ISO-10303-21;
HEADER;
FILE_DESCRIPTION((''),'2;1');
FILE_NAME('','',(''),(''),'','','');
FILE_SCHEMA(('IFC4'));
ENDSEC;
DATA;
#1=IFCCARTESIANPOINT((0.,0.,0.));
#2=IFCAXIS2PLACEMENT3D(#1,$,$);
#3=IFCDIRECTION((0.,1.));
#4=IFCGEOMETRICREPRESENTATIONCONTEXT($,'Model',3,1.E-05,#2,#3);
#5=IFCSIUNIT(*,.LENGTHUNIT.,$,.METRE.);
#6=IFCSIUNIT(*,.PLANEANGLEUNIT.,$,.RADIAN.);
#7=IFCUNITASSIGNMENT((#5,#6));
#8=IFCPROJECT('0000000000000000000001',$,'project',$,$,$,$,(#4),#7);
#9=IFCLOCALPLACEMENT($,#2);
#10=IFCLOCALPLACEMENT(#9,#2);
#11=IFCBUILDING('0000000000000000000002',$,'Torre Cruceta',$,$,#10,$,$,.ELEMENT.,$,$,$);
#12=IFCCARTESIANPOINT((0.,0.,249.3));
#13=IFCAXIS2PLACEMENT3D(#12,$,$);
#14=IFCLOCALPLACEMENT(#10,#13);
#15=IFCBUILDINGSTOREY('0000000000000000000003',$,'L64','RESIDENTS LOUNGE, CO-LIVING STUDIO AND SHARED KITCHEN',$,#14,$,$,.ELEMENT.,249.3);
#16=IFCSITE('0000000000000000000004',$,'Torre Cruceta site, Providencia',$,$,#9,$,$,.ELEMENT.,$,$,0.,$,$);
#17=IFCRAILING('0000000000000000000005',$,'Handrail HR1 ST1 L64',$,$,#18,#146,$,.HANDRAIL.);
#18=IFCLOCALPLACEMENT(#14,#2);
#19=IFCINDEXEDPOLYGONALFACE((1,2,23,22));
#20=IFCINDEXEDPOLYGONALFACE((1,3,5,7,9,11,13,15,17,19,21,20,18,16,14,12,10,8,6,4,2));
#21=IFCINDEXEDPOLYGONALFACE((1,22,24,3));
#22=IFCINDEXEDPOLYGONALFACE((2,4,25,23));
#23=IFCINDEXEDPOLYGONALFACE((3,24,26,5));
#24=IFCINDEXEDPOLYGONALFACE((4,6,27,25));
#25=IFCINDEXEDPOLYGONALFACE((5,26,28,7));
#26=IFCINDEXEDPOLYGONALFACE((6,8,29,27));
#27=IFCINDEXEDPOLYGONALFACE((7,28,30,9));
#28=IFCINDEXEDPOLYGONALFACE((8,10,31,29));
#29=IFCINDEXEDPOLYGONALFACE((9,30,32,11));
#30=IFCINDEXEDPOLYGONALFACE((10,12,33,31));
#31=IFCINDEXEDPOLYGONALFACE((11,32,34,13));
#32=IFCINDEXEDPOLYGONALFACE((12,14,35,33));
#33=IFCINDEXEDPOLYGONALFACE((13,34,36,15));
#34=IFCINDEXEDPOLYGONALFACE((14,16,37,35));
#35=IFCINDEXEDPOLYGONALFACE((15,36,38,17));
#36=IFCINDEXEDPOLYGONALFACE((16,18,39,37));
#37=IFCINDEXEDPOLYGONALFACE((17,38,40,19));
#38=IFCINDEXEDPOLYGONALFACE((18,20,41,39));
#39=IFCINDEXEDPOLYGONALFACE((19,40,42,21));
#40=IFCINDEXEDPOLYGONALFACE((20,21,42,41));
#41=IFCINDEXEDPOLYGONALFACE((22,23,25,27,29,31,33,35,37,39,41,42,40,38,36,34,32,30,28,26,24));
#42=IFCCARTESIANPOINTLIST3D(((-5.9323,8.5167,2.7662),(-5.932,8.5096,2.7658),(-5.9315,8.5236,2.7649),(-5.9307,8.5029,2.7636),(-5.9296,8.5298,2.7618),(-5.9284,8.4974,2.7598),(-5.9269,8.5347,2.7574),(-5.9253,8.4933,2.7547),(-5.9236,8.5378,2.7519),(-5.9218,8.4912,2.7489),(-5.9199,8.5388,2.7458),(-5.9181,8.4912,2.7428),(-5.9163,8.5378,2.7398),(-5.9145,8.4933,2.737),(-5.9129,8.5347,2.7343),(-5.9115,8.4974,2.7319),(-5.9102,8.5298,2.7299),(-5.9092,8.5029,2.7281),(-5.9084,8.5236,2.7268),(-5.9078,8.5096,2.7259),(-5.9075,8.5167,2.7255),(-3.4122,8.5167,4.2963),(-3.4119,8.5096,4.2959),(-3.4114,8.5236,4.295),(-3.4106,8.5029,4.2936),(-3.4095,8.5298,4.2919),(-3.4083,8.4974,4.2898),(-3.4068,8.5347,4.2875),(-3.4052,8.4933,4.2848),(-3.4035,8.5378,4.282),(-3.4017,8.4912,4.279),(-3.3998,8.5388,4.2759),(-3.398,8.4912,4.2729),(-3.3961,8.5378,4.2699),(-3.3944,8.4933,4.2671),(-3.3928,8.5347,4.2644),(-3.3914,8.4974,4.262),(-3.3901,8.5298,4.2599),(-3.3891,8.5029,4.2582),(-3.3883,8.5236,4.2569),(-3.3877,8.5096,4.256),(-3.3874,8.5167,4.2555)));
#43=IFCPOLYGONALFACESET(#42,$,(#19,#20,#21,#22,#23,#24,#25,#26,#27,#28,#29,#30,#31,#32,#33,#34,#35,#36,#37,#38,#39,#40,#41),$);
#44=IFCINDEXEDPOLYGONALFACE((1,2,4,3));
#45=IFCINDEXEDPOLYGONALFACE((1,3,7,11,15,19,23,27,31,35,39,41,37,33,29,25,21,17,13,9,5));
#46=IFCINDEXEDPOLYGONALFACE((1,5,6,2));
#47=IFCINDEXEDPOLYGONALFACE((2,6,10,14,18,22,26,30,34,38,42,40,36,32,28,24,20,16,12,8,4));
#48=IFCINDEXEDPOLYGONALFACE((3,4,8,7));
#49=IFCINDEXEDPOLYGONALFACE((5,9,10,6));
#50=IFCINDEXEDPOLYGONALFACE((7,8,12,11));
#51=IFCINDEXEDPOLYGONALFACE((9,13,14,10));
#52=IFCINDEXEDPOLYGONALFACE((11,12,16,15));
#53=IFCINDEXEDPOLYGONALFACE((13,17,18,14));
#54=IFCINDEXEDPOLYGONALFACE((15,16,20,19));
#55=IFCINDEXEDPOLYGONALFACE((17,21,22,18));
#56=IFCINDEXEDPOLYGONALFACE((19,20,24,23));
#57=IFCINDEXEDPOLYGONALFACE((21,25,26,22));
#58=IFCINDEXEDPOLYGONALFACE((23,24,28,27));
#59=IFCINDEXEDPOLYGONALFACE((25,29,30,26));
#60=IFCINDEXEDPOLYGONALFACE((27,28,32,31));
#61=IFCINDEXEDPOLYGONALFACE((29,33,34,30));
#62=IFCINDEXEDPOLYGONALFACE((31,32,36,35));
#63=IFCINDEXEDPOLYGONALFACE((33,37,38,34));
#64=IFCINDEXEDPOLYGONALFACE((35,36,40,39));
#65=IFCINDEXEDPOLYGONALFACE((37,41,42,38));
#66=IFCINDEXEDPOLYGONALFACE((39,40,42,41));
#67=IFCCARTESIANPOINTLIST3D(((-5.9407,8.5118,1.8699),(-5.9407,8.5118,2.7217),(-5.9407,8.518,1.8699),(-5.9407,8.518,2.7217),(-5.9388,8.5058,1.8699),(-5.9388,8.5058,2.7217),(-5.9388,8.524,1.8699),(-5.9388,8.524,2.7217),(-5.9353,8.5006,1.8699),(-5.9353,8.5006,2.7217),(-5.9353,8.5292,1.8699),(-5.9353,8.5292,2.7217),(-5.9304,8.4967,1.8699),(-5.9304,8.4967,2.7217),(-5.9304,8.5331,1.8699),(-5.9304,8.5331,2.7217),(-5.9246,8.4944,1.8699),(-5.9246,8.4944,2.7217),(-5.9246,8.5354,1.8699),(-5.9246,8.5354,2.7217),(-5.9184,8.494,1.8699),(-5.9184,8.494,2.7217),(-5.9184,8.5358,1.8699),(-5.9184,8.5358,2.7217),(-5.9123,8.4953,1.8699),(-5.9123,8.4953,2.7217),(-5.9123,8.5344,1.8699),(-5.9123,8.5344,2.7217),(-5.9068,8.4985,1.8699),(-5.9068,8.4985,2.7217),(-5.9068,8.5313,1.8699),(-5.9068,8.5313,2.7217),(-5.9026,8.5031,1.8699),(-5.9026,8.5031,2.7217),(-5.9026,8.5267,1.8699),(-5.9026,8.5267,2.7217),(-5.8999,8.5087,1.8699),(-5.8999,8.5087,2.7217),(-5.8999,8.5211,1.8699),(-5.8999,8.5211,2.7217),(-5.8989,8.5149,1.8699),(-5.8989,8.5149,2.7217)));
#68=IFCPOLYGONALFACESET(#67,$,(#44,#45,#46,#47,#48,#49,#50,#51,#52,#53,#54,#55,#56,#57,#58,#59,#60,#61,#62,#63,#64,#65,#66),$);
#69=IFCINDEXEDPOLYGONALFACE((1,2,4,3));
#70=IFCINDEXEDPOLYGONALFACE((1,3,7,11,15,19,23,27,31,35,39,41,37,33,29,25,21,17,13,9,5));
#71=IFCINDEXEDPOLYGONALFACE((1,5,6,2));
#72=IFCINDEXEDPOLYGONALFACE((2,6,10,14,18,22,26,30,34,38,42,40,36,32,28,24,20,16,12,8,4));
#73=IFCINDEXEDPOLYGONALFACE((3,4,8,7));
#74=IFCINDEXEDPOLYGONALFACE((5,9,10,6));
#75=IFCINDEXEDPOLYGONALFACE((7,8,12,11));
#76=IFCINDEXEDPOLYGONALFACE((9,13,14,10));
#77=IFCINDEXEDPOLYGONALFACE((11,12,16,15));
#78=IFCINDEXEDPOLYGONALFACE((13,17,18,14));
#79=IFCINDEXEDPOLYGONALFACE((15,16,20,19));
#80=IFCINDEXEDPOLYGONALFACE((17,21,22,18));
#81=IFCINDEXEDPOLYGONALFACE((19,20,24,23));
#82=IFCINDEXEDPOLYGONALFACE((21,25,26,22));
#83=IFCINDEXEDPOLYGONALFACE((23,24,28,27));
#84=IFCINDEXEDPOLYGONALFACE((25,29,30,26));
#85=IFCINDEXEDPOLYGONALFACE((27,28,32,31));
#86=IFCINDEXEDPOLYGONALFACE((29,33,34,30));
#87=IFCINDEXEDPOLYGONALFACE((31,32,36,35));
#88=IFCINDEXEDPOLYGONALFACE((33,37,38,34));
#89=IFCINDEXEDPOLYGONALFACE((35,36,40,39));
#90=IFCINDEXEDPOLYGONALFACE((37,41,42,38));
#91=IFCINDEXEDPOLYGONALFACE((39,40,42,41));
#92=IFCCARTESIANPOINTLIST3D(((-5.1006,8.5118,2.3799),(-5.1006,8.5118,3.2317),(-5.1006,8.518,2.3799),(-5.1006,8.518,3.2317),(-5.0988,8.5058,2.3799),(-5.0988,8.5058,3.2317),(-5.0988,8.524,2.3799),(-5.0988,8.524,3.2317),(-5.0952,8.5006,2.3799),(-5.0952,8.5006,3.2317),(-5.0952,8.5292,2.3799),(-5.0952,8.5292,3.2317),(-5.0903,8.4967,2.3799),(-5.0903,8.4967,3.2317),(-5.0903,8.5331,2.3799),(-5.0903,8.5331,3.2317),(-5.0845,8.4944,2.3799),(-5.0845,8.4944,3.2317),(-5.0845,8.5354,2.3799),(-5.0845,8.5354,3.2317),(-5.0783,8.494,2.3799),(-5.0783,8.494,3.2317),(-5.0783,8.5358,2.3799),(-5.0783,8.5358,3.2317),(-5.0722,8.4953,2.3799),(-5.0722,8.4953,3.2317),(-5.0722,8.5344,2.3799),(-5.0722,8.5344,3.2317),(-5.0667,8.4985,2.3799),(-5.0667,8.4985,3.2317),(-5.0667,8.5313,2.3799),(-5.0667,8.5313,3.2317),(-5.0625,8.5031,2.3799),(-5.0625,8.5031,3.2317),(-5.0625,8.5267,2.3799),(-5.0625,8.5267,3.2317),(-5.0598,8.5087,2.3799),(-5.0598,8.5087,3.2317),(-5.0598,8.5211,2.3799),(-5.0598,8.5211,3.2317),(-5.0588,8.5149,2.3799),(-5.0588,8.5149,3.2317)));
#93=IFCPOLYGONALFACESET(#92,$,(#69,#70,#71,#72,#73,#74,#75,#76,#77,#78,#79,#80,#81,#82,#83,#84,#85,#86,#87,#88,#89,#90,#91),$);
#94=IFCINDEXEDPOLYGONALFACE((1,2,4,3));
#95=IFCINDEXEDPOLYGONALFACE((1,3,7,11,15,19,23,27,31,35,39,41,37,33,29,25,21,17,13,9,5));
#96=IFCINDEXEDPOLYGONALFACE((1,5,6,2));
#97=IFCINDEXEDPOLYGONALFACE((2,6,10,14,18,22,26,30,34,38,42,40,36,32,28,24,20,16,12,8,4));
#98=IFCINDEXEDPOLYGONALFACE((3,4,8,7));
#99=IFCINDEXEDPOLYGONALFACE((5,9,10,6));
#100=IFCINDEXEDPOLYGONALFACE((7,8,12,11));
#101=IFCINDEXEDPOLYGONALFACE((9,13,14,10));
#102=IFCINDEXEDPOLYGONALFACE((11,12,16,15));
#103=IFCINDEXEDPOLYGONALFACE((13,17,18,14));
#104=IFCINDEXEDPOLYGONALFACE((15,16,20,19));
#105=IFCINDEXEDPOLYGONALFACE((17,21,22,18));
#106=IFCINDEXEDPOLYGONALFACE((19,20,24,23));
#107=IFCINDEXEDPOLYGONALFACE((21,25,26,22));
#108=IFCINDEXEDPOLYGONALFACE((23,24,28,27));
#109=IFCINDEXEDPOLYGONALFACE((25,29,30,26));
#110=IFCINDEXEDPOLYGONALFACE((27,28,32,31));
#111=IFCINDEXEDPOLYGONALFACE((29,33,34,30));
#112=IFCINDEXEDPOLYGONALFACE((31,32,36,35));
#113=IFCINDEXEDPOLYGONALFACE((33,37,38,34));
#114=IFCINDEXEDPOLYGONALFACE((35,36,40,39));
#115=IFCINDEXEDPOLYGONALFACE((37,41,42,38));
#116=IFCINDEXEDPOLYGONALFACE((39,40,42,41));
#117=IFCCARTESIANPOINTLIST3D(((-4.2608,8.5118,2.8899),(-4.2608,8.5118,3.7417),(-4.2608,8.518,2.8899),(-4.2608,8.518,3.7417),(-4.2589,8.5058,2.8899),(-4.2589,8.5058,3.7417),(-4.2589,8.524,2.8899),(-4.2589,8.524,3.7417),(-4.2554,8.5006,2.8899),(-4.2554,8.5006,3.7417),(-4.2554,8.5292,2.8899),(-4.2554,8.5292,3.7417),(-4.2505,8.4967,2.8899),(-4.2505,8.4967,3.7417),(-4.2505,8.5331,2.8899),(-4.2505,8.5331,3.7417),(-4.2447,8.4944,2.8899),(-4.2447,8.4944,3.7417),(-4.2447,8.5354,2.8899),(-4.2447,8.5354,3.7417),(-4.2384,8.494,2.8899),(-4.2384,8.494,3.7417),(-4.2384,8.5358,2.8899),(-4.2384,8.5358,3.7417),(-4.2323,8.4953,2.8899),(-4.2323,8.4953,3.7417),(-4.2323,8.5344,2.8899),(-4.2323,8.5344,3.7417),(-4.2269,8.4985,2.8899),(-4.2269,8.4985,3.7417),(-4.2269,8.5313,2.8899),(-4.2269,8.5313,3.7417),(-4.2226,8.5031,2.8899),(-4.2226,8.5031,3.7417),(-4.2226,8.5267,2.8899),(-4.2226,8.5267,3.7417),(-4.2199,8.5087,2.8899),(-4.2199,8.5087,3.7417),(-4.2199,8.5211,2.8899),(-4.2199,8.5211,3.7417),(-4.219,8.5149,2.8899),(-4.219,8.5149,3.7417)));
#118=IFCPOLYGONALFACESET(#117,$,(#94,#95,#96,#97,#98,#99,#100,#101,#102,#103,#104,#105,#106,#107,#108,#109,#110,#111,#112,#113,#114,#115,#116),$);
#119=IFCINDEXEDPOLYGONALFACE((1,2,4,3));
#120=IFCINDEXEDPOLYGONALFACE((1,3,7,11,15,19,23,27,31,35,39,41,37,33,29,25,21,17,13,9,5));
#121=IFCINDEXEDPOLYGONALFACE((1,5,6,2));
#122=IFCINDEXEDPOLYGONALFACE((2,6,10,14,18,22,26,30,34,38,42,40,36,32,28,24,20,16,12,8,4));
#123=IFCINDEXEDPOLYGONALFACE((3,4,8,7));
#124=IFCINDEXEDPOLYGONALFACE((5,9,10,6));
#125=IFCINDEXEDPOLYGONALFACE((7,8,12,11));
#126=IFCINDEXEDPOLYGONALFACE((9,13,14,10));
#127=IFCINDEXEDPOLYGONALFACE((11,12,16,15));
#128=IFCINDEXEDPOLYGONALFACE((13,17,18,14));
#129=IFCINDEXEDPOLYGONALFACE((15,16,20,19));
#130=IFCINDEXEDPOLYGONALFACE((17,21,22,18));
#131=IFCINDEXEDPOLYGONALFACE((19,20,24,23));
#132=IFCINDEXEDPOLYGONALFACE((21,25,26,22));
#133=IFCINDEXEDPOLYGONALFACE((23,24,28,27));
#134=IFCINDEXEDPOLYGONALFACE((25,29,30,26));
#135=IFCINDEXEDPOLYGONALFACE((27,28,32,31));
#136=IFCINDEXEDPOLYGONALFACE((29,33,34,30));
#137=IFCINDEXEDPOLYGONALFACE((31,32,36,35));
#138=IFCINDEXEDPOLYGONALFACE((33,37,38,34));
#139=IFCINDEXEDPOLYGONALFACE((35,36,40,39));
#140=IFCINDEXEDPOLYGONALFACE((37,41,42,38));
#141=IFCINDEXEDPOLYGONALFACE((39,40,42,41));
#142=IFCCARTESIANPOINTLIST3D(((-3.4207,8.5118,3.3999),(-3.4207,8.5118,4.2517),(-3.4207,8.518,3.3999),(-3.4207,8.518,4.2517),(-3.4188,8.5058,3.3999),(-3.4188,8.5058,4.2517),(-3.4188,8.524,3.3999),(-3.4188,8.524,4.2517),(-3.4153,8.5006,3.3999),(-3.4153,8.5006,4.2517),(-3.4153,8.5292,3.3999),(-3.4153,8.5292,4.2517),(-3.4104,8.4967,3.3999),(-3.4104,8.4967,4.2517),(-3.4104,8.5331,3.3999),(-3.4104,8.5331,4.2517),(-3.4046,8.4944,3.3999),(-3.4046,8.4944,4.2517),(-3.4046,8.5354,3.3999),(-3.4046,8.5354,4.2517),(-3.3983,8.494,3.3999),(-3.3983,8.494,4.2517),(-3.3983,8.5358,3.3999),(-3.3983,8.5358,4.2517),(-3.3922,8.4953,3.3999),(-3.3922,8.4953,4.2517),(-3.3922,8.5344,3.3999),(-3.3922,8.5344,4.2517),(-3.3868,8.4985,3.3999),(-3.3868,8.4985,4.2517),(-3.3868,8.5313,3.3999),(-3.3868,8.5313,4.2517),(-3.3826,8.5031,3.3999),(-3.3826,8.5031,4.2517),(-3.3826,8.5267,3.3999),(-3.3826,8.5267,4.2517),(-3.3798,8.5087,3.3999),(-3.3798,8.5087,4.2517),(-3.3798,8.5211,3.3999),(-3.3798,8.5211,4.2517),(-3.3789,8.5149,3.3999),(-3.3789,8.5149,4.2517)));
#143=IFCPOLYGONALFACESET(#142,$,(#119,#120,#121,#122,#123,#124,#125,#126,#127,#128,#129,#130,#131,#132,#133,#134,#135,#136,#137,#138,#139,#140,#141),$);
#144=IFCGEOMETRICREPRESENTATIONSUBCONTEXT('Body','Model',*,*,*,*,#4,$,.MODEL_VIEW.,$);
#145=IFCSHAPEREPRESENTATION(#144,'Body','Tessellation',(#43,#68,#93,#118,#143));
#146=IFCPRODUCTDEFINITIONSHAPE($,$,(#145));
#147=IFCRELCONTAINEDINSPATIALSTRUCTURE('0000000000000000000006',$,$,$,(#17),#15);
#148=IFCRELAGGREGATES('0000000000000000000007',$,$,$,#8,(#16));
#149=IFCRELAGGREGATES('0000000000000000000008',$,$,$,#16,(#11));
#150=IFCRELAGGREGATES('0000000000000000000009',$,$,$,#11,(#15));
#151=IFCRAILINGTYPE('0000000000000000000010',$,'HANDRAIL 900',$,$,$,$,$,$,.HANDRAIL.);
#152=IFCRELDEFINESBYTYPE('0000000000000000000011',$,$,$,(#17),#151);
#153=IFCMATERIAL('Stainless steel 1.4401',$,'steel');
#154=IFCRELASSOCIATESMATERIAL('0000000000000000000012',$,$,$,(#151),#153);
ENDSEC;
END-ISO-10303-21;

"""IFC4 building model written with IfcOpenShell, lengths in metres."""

from ifc_helpers import new_model, si_unit, direction, frame, origin, origin_2d, place, context, subcontext, project, spatial, circle, extrude, material, type_object, element, save


model = new_model("IFC4")

# Units and contexts
model_context = context("Model", 3, precision=1e-05, world=origin(), true_north=direction((0.0, 1.0)))
body_context = subcontext(model_context, "Body", "Model", "MODEL_VIEW")
ifc_project = project(units=[si_unit("LENGTHUNIT", "METRE"), si_unit("PLANEANGLEUNIT", "RADIAN")], contexts=[model_context])

# Site, building, storey
site_placement = place(None, origin())
site = spatial("IfcSite", under=ifc_project, at=site_placement, Name="Torre Cruceta site, Providencia", CompositionType="ELEMENT", RefElevation=0.0)
building_placement = place(site_placement, origin())
building = spatial("IfcBuilding", under=site, at=building_placement, Name="Torre Cruceta", CompositionType="ELEMENT")
storey_placement = place(building_placement, frame((0.0, 0.0, 249.3)))
storey = spatial("IfcBuildingStorey", under=building, at=storey_placement, Name="L64", Description="RESIDENTS LOUNGE, CO-LIVING STUDIO AND SHARED KITCHEN", CompositionType="ELEMENT", Elevation=249.3)

# Railing
ifc_material_1 = material(Name="Stainless steel 1.4401", Category="steel")
railing_type = type_object("IfcRailingType", Name="HANDRAIL 900", PredefinedType="HANDRAIL", material=ifc_material_1)
railing_1_placement = place(storey_placement, frame((-5.9199, 8.5149, 1.8699)))
element("IfcRailing", 1, at=railing_1_placement, inside=storey, type_object=railing_type, Name="Handrail HR1 ST1 L64", PredefinedType="HANDRAIL", context=body_context, shape_type="SweptSolid", body=[
    extrude(circle(Radius=0.0239, at=origin_2d()), frame((0.0, 0.0, 0.876), z_axis=(0.854785, 0.0, 0.518982), x_axis=(0.0, 1.0, 0.0)), (0.0, 0.0, 1.0), 2.9482),
    extrude(circle(Radius=0.021, at=origin_2d()), origin(), (0.0, 0.0, 1.0), 0.8518),
    extrude(circle(Radius=0.021, at=origin_2d()), frame((0.8401, 0.0, 0.51)), (0.0, 0.0, 1.0), 0.8518),
    extrude(circle(Radius=0.021, at=origin_2d()), frame((1.6799, 0.0, 1.02)), (0.0, 0.0, 1.0), 0.8518),
    extrude(circle(Radius=0.021, at=origin_2d()), frame((2.52, 0.0, 1.53)), (0.0, 0.0, 1.0), 0.8518),
])

save(model, "model.ifc")
